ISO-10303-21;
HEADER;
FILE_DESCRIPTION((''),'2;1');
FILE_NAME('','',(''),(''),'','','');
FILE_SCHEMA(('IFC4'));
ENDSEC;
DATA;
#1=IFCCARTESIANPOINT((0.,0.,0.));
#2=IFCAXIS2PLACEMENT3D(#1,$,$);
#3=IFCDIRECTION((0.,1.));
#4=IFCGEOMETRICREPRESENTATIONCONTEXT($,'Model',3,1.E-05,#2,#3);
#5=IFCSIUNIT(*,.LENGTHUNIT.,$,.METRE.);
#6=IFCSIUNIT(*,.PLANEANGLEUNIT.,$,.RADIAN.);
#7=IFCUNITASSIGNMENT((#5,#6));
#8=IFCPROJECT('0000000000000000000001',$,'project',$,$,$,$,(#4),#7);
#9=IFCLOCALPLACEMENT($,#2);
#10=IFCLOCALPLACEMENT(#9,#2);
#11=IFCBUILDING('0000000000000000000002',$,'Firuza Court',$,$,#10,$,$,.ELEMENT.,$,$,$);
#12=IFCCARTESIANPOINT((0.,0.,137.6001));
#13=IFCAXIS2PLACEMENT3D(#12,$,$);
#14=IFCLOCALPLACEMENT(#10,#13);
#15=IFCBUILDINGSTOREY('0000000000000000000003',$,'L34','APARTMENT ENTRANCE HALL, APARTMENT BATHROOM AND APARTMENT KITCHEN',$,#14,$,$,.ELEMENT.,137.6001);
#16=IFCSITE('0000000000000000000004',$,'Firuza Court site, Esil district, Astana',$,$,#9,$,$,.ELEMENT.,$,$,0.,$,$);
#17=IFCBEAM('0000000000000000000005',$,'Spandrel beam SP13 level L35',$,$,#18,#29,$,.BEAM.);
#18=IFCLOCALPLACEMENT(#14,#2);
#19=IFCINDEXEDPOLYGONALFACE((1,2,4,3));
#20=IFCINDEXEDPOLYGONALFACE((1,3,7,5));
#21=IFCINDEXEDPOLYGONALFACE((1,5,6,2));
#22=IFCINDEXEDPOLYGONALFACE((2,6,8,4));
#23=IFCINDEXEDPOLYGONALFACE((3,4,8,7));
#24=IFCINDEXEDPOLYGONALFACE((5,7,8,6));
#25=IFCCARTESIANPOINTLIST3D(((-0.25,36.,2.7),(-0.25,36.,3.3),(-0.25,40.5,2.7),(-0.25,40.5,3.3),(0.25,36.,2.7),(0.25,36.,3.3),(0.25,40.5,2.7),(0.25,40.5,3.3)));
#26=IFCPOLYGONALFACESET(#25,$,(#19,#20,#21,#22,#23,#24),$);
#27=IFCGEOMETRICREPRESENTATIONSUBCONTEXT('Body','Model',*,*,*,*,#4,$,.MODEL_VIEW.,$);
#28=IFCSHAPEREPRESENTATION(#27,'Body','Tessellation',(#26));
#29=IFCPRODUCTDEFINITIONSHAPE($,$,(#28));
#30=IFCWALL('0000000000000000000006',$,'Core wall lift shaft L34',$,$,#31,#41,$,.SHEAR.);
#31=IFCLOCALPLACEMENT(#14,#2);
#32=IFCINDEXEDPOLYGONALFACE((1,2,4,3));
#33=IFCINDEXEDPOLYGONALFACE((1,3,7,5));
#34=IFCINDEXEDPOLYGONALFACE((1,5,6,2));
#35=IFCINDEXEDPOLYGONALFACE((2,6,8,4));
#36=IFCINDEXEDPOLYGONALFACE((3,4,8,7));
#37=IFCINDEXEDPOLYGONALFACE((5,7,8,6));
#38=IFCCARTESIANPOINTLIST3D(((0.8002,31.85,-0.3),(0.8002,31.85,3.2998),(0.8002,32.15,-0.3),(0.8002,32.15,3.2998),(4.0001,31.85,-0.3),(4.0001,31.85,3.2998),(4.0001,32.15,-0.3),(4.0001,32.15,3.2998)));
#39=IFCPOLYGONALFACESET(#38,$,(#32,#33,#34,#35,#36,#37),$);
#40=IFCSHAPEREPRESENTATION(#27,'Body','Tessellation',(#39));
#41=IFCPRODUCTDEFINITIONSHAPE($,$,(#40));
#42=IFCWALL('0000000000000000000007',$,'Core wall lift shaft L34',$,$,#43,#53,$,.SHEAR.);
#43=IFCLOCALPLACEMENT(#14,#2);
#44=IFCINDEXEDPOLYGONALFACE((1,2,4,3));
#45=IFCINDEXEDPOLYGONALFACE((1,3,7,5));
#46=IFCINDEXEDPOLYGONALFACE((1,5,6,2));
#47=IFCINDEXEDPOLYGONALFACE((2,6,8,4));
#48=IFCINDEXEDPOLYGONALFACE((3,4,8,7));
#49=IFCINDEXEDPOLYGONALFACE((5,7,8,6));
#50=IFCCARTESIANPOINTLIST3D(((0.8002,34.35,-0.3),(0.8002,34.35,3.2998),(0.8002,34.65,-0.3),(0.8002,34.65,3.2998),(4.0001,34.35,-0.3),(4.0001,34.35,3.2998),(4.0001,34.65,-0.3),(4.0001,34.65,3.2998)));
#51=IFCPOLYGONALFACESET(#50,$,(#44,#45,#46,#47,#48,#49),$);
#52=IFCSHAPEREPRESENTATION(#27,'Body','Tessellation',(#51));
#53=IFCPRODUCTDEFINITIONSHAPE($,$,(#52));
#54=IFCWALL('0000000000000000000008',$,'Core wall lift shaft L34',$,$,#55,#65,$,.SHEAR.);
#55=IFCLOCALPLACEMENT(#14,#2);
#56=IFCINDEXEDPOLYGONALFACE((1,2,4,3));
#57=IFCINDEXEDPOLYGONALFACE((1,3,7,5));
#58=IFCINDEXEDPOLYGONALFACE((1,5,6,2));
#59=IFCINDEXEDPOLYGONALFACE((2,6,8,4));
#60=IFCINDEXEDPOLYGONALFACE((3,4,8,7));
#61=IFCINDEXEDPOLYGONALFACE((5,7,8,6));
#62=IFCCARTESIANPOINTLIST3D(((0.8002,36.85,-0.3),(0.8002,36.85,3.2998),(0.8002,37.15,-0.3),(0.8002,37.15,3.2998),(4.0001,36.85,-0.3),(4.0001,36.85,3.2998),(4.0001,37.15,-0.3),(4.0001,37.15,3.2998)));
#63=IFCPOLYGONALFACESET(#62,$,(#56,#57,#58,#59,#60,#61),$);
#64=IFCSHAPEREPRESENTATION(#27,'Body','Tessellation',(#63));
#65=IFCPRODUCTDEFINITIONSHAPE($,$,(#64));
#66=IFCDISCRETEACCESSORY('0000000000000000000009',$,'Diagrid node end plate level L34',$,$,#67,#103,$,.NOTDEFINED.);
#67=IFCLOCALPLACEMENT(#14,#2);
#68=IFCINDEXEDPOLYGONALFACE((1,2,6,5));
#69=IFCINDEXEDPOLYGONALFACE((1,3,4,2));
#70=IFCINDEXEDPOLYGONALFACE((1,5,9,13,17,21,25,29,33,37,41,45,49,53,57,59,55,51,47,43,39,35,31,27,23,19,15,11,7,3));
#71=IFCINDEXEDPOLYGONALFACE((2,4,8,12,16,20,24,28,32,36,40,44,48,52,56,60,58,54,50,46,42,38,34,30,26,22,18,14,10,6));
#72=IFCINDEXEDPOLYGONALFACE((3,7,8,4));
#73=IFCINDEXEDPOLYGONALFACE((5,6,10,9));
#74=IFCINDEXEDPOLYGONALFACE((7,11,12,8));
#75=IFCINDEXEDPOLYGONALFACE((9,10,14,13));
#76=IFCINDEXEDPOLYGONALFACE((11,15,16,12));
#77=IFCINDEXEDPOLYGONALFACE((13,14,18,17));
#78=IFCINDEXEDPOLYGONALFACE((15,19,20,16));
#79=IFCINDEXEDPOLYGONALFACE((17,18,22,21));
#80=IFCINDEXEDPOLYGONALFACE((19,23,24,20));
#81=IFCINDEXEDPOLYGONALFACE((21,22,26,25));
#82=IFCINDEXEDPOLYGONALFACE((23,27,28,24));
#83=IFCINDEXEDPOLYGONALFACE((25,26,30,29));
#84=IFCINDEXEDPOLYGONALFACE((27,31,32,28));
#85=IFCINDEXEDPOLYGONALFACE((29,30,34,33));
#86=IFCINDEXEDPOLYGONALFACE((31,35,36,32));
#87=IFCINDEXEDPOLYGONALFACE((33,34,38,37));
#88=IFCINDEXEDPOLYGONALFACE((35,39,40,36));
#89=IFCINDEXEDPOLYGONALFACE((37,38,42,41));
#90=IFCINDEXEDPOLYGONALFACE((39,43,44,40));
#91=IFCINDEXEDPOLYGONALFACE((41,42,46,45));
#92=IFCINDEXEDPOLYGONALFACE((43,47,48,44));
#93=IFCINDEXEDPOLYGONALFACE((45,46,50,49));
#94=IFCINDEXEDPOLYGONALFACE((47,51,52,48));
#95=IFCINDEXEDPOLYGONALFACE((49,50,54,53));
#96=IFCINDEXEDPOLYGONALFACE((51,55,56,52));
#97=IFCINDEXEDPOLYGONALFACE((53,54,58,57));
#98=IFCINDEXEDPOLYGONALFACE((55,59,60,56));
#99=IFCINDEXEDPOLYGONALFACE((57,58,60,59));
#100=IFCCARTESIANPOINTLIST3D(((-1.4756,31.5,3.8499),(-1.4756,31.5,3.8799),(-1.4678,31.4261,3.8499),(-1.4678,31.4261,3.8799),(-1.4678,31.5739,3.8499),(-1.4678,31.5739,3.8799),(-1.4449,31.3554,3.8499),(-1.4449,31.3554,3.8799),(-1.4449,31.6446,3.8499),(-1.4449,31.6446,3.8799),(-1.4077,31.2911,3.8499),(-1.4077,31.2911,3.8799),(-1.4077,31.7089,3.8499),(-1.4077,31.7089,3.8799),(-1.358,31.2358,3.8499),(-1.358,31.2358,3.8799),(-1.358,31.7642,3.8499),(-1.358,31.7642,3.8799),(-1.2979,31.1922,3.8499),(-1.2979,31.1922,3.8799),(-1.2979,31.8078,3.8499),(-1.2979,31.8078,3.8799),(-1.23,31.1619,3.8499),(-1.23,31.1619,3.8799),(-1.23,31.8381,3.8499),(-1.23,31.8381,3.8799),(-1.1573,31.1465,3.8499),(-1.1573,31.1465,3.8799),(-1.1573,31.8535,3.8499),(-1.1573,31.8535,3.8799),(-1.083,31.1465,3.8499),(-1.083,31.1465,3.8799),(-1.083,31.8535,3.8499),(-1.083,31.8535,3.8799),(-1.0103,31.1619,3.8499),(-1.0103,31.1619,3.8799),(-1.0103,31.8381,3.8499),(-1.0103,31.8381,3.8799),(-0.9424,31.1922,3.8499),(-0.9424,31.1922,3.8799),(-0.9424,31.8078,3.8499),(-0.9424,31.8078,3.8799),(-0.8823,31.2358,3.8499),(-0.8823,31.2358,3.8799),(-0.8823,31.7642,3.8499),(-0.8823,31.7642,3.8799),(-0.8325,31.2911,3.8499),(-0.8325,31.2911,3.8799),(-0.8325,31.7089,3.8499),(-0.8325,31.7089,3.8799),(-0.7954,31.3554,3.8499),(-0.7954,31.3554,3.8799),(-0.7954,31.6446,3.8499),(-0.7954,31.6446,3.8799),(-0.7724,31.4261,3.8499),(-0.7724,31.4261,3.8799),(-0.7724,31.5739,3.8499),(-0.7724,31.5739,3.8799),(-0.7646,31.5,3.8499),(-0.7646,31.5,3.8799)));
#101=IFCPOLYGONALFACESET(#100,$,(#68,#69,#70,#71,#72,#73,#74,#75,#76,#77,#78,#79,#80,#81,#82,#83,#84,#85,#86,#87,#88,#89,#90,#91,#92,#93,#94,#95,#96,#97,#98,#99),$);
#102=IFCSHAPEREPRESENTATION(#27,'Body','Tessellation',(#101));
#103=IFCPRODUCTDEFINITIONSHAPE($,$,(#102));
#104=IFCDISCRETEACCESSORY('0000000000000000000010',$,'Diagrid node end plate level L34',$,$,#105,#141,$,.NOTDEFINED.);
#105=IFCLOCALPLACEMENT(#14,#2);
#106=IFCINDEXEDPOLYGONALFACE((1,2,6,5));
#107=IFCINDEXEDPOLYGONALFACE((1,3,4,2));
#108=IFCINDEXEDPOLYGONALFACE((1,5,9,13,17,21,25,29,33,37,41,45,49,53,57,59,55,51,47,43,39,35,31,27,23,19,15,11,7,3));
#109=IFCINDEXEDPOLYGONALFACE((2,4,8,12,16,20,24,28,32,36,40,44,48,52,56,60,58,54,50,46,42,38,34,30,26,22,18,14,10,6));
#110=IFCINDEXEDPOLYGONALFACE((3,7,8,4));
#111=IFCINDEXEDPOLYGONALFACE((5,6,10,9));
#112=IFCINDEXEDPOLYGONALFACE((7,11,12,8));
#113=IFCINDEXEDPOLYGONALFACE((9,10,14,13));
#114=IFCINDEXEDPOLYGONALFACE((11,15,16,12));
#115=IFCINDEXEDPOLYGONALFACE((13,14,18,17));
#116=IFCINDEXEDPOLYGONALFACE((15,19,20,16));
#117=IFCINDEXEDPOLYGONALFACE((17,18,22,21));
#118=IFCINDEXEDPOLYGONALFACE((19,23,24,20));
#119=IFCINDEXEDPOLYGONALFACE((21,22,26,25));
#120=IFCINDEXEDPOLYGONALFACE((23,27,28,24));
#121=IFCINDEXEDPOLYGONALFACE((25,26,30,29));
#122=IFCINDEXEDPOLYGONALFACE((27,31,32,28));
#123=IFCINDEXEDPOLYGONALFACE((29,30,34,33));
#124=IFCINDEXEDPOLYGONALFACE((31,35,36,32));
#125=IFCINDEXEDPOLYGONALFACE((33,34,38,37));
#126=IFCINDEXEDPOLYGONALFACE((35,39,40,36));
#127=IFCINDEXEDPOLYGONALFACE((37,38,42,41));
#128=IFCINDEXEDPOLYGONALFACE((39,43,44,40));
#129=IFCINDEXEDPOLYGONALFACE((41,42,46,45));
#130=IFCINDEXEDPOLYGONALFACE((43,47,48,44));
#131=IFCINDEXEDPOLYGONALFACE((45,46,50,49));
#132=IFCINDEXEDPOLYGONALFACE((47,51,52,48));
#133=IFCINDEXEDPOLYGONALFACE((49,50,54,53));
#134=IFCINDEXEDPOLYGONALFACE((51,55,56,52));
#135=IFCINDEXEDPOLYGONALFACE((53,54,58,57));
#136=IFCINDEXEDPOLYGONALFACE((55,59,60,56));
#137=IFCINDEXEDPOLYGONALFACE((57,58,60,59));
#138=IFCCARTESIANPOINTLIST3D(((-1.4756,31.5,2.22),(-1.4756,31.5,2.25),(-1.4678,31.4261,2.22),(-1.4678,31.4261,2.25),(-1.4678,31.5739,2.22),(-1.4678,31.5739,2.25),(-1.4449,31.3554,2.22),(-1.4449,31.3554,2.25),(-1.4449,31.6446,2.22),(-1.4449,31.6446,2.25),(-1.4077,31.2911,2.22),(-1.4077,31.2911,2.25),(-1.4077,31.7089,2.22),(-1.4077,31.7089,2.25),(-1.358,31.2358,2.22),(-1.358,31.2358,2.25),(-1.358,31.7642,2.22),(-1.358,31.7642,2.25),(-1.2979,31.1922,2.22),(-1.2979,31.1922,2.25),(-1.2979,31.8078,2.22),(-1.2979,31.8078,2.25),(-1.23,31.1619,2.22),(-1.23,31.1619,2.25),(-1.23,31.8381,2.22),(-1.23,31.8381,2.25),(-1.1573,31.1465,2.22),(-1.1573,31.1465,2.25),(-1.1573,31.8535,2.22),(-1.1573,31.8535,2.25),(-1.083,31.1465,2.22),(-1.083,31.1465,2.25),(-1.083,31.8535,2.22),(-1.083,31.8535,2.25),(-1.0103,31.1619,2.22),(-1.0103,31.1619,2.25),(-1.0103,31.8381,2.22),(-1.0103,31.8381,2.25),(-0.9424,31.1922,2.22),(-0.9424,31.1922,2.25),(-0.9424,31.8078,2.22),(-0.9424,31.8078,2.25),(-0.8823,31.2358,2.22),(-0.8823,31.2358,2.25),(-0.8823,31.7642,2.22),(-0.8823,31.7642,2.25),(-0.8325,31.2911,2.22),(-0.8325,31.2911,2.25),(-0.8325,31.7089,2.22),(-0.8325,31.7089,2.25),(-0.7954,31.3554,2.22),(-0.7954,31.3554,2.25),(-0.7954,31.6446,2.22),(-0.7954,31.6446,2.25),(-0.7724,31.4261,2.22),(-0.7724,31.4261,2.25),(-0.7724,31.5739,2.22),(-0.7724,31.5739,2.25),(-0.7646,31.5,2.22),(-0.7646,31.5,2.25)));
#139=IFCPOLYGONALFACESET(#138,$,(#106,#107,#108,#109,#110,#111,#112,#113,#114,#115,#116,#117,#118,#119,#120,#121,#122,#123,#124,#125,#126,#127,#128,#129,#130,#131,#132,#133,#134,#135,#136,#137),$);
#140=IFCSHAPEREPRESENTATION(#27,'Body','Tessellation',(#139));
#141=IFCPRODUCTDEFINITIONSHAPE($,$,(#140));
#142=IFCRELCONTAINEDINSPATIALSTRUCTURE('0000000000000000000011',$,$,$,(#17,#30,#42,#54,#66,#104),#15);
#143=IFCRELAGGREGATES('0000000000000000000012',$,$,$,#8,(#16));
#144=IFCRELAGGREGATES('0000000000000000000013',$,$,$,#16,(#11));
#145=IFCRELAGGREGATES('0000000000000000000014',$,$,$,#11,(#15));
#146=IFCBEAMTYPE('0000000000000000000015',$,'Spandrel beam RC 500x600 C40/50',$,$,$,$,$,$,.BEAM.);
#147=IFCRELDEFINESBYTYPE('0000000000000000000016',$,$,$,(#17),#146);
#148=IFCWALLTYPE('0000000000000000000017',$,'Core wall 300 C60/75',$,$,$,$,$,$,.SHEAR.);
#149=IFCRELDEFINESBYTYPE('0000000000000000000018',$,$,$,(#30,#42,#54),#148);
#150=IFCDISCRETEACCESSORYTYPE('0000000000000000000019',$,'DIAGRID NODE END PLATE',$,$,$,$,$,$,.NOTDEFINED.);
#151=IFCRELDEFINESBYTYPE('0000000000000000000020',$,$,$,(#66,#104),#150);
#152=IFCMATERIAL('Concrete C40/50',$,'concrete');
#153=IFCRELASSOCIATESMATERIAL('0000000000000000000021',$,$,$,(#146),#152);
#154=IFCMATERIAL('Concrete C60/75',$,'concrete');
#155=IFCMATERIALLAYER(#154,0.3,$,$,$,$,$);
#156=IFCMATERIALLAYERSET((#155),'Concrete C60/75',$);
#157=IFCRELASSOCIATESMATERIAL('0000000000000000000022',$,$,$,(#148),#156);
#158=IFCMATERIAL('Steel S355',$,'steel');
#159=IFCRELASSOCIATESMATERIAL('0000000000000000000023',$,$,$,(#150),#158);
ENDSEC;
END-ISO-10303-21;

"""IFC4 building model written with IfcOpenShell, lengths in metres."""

from ifc_helpers import new_model, si_unit, direction, frame, frame_2d, origin, origin_2d, place, context, subcontext, project, spatial, rectangle, circle, extrude, material, layer, layer_set, material_profile, profile_set, type_object, element, save


model = new_model("IFC4")

# Units and contexts
model_context = context("Model", 3, precision=1e-05, world=origin(), true_north=direction((0.0, 1.0)))
body_context = subcontext(model_context, "Body", "Model", "MODEL_VIEW")
ifc_project = project(units=[si_unit("LENGTHUNIT", "METRE"), si_unit("PLANEANGLEUNIT", "RADIAN")], contexts=[model_context])

# Site, building, storey
site_placement = place(None, origin())
site = spatial("IfcSite", under=ifc_project, at=site_placement, Name="Firuza Court site, Esil district, Astana", CompositionType="ELEMENT", RefElevation=0.0)
building_placement = place(site_placement, origin())
building = spatial("IfcBuilding", under=site, at=building_placement, Name="Firuza Court", CompositionType="ELEMENT")
storey_placement = place(building_placement, frame((0.0, 0.0, 137.6001)))
storey = spatial("IfcBuildingStorey", under=building, at=storey_placement, Name="L34", Description="APARTMENT ENTRANCE HALL, APARTMENT BATHROOM AND APARTMENT KITCHEN", CompositionType="ELEMENT", Elevation=137.6001)

# Beam
ifc_material_1 = material(Name="Concrete C40/50", Category="concrete")
ifc_material_profile_1 = material_profile(ifc_material_1, rectangle(XDim=0.5, YDim=0.6001, at=origin_2d()), Name="RC 500x600")
ifc_profile_set_1 = profile_set([ifc_material_profile_1], Name="Concrete C40/50")
beam_type = type_object("IfcBeamType", Name="Spandrel beam RC 500x600 C40/50", PredefinedType="BEAM", material=ifc_profile_set_1)
for number, where, z_axis, x_axis, name in (
    (1, (0.0, 40.5, 3.0), (0.0, -1.0, 0.0), (1.0, 0.0, 0.0), "Spandrel beam SP13 level L35"),
):
    element("IfcBeam", number, at=place(storey_placement, frame(where, z_axis=z_axis, x_axis=x_axis)), inside=storey, type_object=beam_type, Name=name, PredefinedType="BEAM", context=body_context, shape_type="SweptSolid", body=[
        extrude(rectangle(XDim=0.5, YDim=0.6001, at=origin_2d()), origin(), (0.0, 0.0, 1.0), 4.5),
    ])

# Walls
ifc_material_2 = material(Name="Concrete C60/75", Category="concrete")
ifc_layer = layer(ifc_material_2, 0.3)
ifc_layer_set = layer_set([ifc_layer], Name="Concrete C60/75")
wall_type = type_object("IfcWallType", Name="Core wall 300 C60/75", PredefinedType="SHEAR", material=ifc_layer_set)
for number, where, z_axis, x_axis, name in (
    (2, (0.8, 32.0, -0.3), (0.0, 0.0, 1.0), (1.0, 0.0, 0.0), "Core wall lift shaft L34"),
    (3, (0.8, 34.5, -0.3), (0.0, 0.0, 1.0), (1.0, 0.0, 0.0), "Core wall lift shaft L34"),
    (4, (0.8, 37.0, -0.3), (0.0, 0.0, 1.0), (1.0, 0.0, 0.0), "Core wall lift shaft L34"),
):
    element("IfcWall", number, at=place(storey_placement, frame(where, z_axis=z_axis, x_axis=x_axis)), inside=storey, type_object=wall_type, Name=name, PredefinedType="SHEAR", context=body_context, shape_type="SweptSolid", body=[
        extrude(rectangle(XDim=3.2, YDim=0.3, at=frame_2d((1.6001, 0.0))), origin(), (0.0, 0.0, 1.0), 3.5999),
    ])

# Discrete accessories
ifc_material_3 = material(Name="Steel S355", Category="steel")
ifc_material_profile_2 = material_profile(ifc_material_3, circle(Radius=0.3555, at=origin_2d()), Name="PL D711")
ifc_profile_set_2 = profile_set([ifc_material_profile_2], Name="Steel S355")
discrete_accessory_type = type_object("IfcDiscreteAccessoryType", Name="DIAGRID NODE END PLATE", PredefinedType="NOTDEFINED", material=ifc_profile_set_2)
for number, where, z_axis, x_axis, name in (
    (5, (-1.1201, 31.5, 3.8499), (0.0, 0.0, 1.0), (1.0, 0.0, 0.0), "Diagrid node end plate level L34"),
    (6, (-1.1201, 31.5, 2.22), (0.0, 0.0, 1.0), (1.0, 0.0, 0.0), "Diagrid node end plate level L34"),
):
    element("IfcDiscreteAccessory", number, at=place(storey_placement, frame(where, z_axis=z_axis, x_axis=x_axis)), inside=storey, type_object=discrete_accessory_type, Name=name, PredefinedType="NOTDEFINED", context=body_context, shape_type="SweptSolid", body=[
        extrude(circle(Radius=0.3555, at=origin_2d()), origin(), (0.0, 0.0, 1.0), 0.03),
    ])

save(model, "model.ifc")
